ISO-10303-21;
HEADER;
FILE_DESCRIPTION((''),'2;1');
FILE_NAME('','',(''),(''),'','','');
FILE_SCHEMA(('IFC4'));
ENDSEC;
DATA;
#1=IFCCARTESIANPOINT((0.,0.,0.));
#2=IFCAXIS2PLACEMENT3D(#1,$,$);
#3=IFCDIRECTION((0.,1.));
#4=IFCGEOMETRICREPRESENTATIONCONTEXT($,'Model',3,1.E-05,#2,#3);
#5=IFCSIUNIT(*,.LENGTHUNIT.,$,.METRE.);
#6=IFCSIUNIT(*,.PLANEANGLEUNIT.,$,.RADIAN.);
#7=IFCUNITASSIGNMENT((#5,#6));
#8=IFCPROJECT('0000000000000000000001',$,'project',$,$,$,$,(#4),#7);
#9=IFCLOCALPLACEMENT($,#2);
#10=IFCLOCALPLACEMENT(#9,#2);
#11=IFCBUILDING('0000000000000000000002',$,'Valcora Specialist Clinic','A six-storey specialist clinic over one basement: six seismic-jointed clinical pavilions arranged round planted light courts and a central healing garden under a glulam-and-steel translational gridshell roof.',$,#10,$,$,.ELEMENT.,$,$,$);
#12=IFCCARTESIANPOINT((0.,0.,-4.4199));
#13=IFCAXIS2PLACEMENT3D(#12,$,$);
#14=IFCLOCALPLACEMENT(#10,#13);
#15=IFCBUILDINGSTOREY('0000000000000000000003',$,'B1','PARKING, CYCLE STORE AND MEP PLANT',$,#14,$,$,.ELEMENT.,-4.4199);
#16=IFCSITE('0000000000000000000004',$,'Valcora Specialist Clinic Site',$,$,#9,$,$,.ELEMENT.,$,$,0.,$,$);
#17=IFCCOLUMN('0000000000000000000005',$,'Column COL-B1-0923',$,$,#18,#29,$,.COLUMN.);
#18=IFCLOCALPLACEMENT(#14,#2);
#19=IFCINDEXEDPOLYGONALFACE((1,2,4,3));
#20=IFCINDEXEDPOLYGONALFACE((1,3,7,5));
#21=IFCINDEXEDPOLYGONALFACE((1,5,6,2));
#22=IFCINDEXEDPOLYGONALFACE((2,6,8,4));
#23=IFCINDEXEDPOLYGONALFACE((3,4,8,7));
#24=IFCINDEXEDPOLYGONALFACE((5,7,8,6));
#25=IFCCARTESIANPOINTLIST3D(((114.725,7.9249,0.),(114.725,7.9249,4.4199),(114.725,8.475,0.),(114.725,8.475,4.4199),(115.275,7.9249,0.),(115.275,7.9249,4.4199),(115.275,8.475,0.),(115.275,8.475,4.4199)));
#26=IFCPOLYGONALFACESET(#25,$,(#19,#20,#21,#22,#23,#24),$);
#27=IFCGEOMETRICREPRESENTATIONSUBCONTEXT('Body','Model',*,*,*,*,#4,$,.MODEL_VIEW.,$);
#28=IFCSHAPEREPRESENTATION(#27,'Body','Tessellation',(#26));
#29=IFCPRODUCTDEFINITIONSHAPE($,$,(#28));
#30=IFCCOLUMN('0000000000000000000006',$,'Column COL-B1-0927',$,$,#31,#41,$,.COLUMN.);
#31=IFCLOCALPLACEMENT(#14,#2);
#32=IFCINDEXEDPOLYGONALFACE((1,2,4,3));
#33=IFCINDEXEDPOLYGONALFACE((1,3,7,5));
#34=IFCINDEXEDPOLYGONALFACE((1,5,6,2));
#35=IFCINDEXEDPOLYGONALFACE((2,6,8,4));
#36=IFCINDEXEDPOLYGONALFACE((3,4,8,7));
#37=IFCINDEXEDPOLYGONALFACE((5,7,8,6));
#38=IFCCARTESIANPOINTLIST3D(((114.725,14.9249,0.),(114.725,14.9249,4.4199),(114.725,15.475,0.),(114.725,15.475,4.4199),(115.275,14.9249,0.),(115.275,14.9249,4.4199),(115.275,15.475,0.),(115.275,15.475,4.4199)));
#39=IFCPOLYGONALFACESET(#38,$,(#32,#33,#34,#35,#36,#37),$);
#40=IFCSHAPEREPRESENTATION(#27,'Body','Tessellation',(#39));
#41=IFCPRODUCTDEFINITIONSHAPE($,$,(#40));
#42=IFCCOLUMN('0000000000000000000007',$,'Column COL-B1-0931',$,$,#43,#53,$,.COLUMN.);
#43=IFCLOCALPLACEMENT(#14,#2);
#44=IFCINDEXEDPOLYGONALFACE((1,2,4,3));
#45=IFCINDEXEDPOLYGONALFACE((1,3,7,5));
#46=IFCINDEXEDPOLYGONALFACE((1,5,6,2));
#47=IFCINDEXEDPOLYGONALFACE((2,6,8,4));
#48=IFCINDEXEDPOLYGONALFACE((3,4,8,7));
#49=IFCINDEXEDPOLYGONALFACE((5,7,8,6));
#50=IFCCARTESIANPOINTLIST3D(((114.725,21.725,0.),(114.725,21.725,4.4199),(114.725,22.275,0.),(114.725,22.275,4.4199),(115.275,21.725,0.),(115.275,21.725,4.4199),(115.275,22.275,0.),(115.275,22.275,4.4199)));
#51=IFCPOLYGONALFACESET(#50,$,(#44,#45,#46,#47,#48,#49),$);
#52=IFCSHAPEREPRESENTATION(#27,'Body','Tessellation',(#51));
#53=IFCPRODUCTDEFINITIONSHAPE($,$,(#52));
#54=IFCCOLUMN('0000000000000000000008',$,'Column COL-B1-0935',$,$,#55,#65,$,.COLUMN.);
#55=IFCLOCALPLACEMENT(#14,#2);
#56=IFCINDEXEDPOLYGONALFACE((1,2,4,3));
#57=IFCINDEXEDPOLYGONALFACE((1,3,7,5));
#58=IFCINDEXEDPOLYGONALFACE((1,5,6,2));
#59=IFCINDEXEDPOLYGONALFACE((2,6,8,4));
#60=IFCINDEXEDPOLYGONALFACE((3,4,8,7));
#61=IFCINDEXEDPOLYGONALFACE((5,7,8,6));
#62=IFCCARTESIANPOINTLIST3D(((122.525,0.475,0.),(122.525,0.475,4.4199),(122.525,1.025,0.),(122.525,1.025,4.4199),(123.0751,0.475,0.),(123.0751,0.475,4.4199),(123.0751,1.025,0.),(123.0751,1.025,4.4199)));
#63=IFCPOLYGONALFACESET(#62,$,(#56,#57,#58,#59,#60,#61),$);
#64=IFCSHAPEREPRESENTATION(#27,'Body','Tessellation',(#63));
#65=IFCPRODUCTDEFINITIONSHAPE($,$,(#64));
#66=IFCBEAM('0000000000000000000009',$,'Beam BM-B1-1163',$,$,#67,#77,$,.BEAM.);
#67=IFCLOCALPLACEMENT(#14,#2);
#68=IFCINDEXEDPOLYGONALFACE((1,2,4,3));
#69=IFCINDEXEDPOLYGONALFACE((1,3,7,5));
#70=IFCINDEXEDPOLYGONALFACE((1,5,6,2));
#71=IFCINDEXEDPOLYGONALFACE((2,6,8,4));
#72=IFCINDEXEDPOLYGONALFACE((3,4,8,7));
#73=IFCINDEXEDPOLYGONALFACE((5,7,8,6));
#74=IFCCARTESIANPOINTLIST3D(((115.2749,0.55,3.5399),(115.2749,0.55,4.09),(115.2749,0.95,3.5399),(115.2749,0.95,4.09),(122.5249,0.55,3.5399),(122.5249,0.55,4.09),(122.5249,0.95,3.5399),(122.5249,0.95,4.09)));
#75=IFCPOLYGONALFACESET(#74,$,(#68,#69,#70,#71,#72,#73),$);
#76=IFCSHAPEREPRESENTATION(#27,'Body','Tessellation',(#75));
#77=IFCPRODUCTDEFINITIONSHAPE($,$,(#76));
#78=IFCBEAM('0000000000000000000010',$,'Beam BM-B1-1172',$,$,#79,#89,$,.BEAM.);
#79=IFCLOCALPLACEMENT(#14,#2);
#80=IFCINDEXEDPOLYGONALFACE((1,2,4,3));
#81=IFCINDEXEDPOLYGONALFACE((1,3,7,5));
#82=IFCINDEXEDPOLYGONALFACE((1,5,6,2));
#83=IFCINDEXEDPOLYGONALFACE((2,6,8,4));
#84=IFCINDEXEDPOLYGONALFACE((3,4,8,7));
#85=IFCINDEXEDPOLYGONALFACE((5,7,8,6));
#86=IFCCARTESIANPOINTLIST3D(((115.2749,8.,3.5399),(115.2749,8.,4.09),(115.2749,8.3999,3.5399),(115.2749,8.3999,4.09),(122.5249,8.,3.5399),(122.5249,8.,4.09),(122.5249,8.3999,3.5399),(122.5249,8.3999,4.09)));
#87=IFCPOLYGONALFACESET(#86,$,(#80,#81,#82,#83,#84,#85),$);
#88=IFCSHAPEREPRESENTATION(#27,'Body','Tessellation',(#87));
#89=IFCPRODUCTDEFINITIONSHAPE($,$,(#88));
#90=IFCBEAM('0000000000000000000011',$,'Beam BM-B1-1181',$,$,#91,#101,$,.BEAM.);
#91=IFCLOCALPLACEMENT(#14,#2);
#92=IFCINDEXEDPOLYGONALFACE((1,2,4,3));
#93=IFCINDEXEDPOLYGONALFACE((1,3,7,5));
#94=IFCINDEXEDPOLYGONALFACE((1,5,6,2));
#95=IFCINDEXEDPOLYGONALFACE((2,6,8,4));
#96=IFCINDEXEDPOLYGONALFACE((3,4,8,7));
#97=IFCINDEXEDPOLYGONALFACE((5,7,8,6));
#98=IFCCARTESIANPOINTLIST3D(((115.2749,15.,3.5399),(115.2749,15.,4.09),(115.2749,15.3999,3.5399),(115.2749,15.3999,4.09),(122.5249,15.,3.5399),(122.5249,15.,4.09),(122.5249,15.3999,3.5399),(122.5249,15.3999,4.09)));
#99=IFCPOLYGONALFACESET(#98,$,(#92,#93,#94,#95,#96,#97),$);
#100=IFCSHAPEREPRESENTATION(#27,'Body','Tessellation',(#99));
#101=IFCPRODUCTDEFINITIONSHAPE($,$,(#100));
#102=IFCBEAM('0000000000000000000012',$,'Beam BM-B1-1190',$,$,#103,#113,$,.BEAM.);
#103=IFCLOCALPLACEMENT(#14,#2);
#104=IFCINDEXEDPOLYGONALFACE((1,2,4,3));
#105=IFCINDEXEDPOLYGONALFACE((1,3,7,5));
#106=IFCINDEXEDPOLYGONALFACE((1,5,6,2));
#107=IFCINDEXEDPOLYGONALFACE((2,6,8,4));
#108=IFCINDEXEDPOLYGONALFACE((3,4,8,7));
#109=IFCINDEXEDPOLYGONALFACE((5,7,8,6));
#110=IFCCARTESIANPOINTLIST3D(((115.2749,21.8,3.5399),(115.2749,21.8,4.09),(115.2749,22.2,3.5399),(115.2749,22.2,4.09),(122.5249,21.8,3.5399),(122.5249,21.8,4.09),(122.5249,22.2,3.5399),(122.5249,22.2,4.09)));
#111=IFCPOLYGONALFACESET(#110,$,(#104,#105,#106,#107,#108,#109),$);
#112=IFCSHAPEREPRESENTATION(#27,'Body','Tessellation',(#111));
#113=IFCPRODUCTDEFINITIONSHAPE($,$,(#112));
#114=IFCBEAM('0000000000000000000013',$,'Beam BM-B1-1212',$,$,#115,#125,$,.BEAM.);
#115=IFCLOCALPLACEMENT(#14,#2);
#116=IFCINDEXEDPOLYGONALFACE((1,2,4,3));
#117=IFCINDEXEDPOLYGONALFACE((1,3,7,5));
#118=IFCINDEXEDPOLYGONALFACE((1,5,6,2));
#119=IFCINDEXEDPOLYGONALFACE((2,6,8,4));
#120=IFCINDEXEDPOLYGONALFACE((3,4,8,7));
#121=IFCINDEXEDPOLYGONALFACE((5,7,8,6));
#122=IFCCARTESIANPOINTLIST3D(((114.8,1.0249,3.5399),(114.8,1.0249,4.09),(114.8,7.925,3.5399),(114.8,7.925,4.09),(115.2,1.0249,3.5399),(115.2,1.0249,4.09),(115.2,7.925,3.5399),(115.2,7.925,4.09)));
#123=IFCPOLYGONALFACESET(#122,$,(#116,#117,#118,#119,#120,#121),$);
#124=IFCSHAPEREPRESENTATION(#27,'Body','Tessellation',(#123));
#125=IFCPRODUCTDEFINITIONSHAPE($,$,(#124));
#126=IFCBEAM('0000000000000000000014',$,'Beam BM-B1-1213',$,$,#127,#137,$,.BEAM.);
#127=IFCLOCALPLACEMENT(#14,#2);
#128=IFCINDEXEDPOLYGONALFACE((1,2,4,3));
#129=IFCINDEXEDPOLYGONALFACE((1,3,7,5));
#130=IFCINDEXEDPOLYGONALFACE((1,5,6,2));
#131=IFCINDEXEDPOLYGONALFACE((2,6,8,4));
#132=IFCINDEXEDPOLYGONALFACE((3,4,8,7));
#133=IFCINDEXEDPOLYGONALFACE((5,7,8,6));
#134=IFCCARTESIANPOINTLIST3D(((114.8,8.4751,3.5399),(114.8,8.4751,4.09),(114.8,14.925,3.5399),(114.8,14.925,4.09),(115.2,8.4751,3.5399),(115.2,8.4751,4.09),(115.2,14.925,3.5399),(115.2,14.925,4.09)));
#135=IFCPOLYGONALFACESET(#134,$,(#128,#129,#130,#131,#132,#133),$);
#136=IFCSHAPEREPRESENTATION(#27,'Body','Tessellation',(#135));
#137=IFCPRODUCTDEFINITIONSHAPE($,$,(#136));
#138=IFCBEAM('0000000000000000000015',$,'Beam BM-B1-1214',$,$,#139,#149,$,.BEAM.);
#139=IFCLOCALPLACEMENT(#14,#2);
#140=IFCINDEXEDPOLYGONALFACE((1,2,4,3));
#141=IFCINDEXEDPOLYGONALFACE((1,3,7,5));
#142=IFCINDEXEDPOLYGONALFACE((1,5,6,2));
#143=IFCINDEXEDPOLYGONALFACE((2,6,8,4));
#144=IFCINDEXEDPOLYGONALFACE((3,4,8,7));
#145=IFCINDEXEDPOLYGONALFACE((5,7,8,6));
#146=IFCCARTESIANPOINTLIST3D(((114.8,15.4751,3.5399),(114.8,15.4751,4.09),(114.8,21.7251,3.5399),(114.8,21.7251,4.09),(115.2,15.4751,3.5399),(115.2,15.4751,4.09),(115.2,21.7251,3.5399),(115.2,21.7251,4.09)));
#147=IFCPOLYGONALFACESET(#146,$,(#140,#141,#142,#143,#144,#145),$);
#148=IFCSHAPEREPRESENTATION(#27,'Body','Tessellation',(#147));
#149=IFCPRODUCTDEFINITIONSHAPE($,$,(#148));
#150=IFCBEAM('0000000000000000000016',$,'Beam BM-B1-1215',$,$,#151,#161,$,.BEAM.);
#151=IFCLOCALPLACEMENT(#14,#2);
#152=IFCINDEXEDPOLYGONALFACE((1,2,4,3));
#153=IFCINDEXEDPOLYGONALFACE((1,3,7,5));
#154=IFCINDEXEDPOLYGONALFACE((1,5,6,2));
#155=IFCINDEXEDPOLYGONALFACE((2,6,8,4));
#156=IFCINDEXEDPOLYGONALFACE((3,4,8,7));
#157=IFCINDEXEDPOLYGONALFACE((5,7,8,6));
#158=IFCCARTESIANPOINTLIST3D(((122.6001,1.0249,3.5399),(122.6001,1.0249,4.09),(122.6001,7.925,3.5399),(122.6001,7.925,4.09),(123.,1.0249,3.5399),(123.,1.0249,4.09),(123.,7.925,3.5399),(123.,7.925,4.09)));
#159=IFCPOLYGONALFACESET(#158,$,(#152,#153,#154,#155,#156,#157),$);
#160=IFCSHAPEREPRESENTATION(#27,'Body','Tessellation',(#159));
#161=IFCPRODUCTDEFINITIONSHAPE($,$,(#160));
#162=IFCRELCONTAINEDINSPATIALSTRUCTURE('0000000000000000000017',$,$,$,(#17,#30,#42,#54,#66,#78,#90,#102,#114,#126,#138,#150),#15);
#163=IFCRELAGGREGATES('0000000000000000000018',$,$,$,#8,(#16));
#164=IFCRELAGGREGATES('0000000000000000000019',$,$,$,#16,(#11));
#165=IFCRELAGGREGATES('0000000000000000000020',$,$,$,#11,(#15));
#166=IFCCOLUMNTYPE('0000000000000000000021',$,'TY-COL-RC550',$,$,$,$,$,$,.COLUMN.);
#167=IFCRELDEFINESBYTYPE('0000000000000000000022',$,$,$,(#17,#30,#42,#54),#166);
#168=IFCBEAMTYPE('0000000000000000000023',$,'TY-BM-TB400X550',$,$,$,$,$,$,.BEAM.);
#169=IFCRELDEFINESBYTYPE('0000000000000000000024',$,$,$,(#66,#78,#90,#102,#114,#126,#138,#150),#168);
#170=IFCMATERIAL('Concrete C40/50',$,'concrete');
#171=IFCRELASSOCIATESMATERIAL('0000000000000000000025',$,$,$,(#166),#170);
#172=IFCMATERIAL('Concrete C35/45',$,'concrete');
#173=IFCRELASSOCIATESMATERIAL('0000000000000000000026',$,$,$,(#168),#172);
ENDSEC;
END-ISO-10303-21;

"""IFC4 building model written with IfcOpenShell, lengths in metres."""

from ifc_helpers import new_model, si_unit, direction, frame, origin, origin_2d, place, context, subcontext, project, spatial, rectangle, extrude, material, material_profile, profile_set, type_object, element, save


model = new_model("IFC4")

# Units and contexts
model_context = context("Model", 3, precision=1e-05, world=origin(), true_north=direction((0.0, 1.0)))
body_context = subcontext(model_context, "Body", "Model", "MODEL_VIEW")
ifc_project = project(units=[si_unit("LENGTHUNIT", "METRE"), si_unit("PLANEANGLEUNIT", "RADIAN")], contexts=[model_context])

# Site, building, storey
site_placement = place(None, origin())
site = spatial("IfcSite", under=ifc_project, at=site_placement, Name="Valcora Specialist Clinic Site", CompositionType="ELEMENT", RefElevation=0.0)
building_placement = place(site_placement, origin())
building = spatial("IfcBuilding", under=site, at=building_placement, Name="Valcora Specialist Clinic", Description="A six-storey specialist clinic over one basement: six seismic-jointed clinical pavilions arranged round planted light courts and a central healing garden under a glulam-and-steel translational gridshell roof.", CompositionType="ELEMENT")
storey_placement = place(building_placement, frame((0.0, 0.0, -4.4199)))
storey = spatial("IfcBuildingStorey", under=building, at=storey_placement, Name="B1", Description="PARKING, CYCLE STORE AND MEP PLANT", CompositionType="ELEMENT", Elevation=-4.4199)

# Shared definitions
ifc_material_1 = material(Name="Concrete C35/45", Category="concrete")

# Columns
ifc_material_2 = material(Name="Concrete C40/50", Category="concrete")
ifc_material_profile_1 = material_profile(ifc_material_2, rectangle(XDim=0.55, YDim=0.55, at=origin_2d()), Name="RC-COL-550X550")
ifc_profile_set_1 = profile_set([ifc_material_profile_1], Name="Concrete C40/50")
column_type_1 = type_object("IfcColumnType", Name="TY-COL-RC550", PredefinedType="COLUMN", material=ifc_profile_set_1)
for number, where, z_axis, x_axis, name in (
    (1, (115.0, 8.2, 0.0), (0.0, 0.0, 1.0), (1.0, 0.0, 0.0), "Column COL-B1-0923"),
    (2, (115.0, 15.2, 0.0), (0.0, 0.0, 1.0), (1.0, 0.0, 0.0), "Column COL-B1-0927"),
    (3, (115.0, 22.0, 0.0), (0.0, 0.0, 1.0), (1.0, 0.0, 0.0), "Column COL-B1-0931"),
    (4, (122.8, 0.75, 0.0), (0.0, 0.0, 1.0), (1.0, 0.0, 0.0), "Column COL-B1-0935"),
):
    element("IfcColumn", number, at=place(storey_placement, frame(where, z_axis=z_axis, x_axis=x_axis)), inside=storey, type_object=column_type_1, Name=name, PredefinedType="COLUMN", context=body_context, shape_type="SweptSolid", body=[
        extrude(rectangle(XDim=0.55, YDim=0.55, at=origin_2d()), origin(), (0.0, 0.0, 1.0), 4.4199),
    ])

# Beams
ifc_material_profile_2 = material_profile(ifc_material_1, rectangle(XDim=0.3999, YDim=0.55, at=origin_2d()), Name="RC-TB-400X550")
ifc_profile_set_2 = profile_set([ifc_material_profile_2], Name="Concrete C35/45")
beam_type = type_object("IfcBeamType", Name="TY-BM-TB400X550", PredefinedType="BEAM", material=ifc_profile_set_2)
for number, where, z_axis, x_axis, name in (
    (5, (115.2749, 0.75, 3.8149), (1.0, 0.0, 0.0), (0.0, 1.0, 0.0), "Beam BM-B1-1163"),
    (6, (115.2749, 8.2, 3.8149), (1.0, 0.0, 0.0), (0.0, 1.0, 0.0), "Beam BM-B1-1172"),
    (7, (115.2749, 15.2, 3.8149), (1.0, 0.0, 0.0), (0.0, 1.0, 0.0), "Beam BM-B1-1181"),
    (8, (115.2749, 22.0, 3.8149), (1.0, 0.0, 0.0), (0.0, 1.0, 0.0), "Beam BM-B1-1190"),
):
    element("IfcBeam", number, at=place(storey_placement, frame(where, z_axis=z_axis, x_axis=x_axis)), inside=storey, type_object=beam_type, Name=name, PredefinedType="BEAM", context=body_context, shape_type="SweptSolid", body=[
        extrude(rectangle(XDim=0.3999, YDim=0.55, at=origin_2d()), origin(), (0.0, 0.0, 1.0), 7.25),
    ])
beam_1_placement = place(storey_placement, frame((115.0, 1.0249, 3.8149), z_axis=(0.0, 1.0, 0.0), x_axis=(-1.0, 0.0, 0.0)))
element("IfcBeam", 9, at=beam_1_placement, inside=storey, type_object=beam_type, Name="Beam BM-B1-1212", PredefinedType="BEAM", context=body_context, shape_type="SweptSolid", body=[
    extrude(rectangle(XDim=0.3999, YDim=0.55, at=origin_2d()), origin(), (0.0, 0.0, 1.0), 6.9001),
])
beam_2_placement = place(storey_placement, frame((115.0, 8.4751, 3.8149), z_axis=(0.0, 1.0, 0.0), x_axis=(-1.0, 0.0, 0.0)))
element("IfcBeam", 10, at=beam_2_placement, inside=storey, type_object=beam_type, Name="Beam BM-B1-1213", PredefinedType="BEAM", context=body_context, shape_type="SweptSolid", body=[
    extrude(rectangle(XDim=0.3999, YDim=0.55, at=origin_2d()), origin(), (0.0, 0.0, 1.0), 6.45),
])
beam_3_placement = place(storey_placement, frame((115.0, 15.4751, 3.8149), z_axis=(0.0, 1.0, 0.0), x_axis=(-1.0, 0.0, 0.0)))
element("IfcBeam", 11, at=beam_3_placement, inside=storey, type_object=beam_type, Name="Beam BM-B1-1214", PredefinedType="BEAM", context=body_context, shape_type="SweptSolid", body=[
    extrude(rectangle(XDim=0.3999, YDim=0.55, at=origin_2d()), origin(), (0.0, 0.0, 1.0), 6.25),
])
beam_4_placement = place(storey_placement, frame((122.8, 1.0249, 3.8149), z_axis=(0.0, 1.0, 0.0), x_axis=(-1.0, 0.0, 0.0)))
element("IfcBeam", 12, at=beam_4_placement, inside=storey, type_object=beam_type, Name="Beam BM-B1-1215", PredefinedType="BEAM", context=body_context, shape_type="SweptSolid", body=[
    extrude(rectangle(XDim=0.3999, YDim=0.55, at=origin_2d()), origin(), (0.0, 0.0, 1.0), 6.9001),
])

save(model, "model.ifc")
